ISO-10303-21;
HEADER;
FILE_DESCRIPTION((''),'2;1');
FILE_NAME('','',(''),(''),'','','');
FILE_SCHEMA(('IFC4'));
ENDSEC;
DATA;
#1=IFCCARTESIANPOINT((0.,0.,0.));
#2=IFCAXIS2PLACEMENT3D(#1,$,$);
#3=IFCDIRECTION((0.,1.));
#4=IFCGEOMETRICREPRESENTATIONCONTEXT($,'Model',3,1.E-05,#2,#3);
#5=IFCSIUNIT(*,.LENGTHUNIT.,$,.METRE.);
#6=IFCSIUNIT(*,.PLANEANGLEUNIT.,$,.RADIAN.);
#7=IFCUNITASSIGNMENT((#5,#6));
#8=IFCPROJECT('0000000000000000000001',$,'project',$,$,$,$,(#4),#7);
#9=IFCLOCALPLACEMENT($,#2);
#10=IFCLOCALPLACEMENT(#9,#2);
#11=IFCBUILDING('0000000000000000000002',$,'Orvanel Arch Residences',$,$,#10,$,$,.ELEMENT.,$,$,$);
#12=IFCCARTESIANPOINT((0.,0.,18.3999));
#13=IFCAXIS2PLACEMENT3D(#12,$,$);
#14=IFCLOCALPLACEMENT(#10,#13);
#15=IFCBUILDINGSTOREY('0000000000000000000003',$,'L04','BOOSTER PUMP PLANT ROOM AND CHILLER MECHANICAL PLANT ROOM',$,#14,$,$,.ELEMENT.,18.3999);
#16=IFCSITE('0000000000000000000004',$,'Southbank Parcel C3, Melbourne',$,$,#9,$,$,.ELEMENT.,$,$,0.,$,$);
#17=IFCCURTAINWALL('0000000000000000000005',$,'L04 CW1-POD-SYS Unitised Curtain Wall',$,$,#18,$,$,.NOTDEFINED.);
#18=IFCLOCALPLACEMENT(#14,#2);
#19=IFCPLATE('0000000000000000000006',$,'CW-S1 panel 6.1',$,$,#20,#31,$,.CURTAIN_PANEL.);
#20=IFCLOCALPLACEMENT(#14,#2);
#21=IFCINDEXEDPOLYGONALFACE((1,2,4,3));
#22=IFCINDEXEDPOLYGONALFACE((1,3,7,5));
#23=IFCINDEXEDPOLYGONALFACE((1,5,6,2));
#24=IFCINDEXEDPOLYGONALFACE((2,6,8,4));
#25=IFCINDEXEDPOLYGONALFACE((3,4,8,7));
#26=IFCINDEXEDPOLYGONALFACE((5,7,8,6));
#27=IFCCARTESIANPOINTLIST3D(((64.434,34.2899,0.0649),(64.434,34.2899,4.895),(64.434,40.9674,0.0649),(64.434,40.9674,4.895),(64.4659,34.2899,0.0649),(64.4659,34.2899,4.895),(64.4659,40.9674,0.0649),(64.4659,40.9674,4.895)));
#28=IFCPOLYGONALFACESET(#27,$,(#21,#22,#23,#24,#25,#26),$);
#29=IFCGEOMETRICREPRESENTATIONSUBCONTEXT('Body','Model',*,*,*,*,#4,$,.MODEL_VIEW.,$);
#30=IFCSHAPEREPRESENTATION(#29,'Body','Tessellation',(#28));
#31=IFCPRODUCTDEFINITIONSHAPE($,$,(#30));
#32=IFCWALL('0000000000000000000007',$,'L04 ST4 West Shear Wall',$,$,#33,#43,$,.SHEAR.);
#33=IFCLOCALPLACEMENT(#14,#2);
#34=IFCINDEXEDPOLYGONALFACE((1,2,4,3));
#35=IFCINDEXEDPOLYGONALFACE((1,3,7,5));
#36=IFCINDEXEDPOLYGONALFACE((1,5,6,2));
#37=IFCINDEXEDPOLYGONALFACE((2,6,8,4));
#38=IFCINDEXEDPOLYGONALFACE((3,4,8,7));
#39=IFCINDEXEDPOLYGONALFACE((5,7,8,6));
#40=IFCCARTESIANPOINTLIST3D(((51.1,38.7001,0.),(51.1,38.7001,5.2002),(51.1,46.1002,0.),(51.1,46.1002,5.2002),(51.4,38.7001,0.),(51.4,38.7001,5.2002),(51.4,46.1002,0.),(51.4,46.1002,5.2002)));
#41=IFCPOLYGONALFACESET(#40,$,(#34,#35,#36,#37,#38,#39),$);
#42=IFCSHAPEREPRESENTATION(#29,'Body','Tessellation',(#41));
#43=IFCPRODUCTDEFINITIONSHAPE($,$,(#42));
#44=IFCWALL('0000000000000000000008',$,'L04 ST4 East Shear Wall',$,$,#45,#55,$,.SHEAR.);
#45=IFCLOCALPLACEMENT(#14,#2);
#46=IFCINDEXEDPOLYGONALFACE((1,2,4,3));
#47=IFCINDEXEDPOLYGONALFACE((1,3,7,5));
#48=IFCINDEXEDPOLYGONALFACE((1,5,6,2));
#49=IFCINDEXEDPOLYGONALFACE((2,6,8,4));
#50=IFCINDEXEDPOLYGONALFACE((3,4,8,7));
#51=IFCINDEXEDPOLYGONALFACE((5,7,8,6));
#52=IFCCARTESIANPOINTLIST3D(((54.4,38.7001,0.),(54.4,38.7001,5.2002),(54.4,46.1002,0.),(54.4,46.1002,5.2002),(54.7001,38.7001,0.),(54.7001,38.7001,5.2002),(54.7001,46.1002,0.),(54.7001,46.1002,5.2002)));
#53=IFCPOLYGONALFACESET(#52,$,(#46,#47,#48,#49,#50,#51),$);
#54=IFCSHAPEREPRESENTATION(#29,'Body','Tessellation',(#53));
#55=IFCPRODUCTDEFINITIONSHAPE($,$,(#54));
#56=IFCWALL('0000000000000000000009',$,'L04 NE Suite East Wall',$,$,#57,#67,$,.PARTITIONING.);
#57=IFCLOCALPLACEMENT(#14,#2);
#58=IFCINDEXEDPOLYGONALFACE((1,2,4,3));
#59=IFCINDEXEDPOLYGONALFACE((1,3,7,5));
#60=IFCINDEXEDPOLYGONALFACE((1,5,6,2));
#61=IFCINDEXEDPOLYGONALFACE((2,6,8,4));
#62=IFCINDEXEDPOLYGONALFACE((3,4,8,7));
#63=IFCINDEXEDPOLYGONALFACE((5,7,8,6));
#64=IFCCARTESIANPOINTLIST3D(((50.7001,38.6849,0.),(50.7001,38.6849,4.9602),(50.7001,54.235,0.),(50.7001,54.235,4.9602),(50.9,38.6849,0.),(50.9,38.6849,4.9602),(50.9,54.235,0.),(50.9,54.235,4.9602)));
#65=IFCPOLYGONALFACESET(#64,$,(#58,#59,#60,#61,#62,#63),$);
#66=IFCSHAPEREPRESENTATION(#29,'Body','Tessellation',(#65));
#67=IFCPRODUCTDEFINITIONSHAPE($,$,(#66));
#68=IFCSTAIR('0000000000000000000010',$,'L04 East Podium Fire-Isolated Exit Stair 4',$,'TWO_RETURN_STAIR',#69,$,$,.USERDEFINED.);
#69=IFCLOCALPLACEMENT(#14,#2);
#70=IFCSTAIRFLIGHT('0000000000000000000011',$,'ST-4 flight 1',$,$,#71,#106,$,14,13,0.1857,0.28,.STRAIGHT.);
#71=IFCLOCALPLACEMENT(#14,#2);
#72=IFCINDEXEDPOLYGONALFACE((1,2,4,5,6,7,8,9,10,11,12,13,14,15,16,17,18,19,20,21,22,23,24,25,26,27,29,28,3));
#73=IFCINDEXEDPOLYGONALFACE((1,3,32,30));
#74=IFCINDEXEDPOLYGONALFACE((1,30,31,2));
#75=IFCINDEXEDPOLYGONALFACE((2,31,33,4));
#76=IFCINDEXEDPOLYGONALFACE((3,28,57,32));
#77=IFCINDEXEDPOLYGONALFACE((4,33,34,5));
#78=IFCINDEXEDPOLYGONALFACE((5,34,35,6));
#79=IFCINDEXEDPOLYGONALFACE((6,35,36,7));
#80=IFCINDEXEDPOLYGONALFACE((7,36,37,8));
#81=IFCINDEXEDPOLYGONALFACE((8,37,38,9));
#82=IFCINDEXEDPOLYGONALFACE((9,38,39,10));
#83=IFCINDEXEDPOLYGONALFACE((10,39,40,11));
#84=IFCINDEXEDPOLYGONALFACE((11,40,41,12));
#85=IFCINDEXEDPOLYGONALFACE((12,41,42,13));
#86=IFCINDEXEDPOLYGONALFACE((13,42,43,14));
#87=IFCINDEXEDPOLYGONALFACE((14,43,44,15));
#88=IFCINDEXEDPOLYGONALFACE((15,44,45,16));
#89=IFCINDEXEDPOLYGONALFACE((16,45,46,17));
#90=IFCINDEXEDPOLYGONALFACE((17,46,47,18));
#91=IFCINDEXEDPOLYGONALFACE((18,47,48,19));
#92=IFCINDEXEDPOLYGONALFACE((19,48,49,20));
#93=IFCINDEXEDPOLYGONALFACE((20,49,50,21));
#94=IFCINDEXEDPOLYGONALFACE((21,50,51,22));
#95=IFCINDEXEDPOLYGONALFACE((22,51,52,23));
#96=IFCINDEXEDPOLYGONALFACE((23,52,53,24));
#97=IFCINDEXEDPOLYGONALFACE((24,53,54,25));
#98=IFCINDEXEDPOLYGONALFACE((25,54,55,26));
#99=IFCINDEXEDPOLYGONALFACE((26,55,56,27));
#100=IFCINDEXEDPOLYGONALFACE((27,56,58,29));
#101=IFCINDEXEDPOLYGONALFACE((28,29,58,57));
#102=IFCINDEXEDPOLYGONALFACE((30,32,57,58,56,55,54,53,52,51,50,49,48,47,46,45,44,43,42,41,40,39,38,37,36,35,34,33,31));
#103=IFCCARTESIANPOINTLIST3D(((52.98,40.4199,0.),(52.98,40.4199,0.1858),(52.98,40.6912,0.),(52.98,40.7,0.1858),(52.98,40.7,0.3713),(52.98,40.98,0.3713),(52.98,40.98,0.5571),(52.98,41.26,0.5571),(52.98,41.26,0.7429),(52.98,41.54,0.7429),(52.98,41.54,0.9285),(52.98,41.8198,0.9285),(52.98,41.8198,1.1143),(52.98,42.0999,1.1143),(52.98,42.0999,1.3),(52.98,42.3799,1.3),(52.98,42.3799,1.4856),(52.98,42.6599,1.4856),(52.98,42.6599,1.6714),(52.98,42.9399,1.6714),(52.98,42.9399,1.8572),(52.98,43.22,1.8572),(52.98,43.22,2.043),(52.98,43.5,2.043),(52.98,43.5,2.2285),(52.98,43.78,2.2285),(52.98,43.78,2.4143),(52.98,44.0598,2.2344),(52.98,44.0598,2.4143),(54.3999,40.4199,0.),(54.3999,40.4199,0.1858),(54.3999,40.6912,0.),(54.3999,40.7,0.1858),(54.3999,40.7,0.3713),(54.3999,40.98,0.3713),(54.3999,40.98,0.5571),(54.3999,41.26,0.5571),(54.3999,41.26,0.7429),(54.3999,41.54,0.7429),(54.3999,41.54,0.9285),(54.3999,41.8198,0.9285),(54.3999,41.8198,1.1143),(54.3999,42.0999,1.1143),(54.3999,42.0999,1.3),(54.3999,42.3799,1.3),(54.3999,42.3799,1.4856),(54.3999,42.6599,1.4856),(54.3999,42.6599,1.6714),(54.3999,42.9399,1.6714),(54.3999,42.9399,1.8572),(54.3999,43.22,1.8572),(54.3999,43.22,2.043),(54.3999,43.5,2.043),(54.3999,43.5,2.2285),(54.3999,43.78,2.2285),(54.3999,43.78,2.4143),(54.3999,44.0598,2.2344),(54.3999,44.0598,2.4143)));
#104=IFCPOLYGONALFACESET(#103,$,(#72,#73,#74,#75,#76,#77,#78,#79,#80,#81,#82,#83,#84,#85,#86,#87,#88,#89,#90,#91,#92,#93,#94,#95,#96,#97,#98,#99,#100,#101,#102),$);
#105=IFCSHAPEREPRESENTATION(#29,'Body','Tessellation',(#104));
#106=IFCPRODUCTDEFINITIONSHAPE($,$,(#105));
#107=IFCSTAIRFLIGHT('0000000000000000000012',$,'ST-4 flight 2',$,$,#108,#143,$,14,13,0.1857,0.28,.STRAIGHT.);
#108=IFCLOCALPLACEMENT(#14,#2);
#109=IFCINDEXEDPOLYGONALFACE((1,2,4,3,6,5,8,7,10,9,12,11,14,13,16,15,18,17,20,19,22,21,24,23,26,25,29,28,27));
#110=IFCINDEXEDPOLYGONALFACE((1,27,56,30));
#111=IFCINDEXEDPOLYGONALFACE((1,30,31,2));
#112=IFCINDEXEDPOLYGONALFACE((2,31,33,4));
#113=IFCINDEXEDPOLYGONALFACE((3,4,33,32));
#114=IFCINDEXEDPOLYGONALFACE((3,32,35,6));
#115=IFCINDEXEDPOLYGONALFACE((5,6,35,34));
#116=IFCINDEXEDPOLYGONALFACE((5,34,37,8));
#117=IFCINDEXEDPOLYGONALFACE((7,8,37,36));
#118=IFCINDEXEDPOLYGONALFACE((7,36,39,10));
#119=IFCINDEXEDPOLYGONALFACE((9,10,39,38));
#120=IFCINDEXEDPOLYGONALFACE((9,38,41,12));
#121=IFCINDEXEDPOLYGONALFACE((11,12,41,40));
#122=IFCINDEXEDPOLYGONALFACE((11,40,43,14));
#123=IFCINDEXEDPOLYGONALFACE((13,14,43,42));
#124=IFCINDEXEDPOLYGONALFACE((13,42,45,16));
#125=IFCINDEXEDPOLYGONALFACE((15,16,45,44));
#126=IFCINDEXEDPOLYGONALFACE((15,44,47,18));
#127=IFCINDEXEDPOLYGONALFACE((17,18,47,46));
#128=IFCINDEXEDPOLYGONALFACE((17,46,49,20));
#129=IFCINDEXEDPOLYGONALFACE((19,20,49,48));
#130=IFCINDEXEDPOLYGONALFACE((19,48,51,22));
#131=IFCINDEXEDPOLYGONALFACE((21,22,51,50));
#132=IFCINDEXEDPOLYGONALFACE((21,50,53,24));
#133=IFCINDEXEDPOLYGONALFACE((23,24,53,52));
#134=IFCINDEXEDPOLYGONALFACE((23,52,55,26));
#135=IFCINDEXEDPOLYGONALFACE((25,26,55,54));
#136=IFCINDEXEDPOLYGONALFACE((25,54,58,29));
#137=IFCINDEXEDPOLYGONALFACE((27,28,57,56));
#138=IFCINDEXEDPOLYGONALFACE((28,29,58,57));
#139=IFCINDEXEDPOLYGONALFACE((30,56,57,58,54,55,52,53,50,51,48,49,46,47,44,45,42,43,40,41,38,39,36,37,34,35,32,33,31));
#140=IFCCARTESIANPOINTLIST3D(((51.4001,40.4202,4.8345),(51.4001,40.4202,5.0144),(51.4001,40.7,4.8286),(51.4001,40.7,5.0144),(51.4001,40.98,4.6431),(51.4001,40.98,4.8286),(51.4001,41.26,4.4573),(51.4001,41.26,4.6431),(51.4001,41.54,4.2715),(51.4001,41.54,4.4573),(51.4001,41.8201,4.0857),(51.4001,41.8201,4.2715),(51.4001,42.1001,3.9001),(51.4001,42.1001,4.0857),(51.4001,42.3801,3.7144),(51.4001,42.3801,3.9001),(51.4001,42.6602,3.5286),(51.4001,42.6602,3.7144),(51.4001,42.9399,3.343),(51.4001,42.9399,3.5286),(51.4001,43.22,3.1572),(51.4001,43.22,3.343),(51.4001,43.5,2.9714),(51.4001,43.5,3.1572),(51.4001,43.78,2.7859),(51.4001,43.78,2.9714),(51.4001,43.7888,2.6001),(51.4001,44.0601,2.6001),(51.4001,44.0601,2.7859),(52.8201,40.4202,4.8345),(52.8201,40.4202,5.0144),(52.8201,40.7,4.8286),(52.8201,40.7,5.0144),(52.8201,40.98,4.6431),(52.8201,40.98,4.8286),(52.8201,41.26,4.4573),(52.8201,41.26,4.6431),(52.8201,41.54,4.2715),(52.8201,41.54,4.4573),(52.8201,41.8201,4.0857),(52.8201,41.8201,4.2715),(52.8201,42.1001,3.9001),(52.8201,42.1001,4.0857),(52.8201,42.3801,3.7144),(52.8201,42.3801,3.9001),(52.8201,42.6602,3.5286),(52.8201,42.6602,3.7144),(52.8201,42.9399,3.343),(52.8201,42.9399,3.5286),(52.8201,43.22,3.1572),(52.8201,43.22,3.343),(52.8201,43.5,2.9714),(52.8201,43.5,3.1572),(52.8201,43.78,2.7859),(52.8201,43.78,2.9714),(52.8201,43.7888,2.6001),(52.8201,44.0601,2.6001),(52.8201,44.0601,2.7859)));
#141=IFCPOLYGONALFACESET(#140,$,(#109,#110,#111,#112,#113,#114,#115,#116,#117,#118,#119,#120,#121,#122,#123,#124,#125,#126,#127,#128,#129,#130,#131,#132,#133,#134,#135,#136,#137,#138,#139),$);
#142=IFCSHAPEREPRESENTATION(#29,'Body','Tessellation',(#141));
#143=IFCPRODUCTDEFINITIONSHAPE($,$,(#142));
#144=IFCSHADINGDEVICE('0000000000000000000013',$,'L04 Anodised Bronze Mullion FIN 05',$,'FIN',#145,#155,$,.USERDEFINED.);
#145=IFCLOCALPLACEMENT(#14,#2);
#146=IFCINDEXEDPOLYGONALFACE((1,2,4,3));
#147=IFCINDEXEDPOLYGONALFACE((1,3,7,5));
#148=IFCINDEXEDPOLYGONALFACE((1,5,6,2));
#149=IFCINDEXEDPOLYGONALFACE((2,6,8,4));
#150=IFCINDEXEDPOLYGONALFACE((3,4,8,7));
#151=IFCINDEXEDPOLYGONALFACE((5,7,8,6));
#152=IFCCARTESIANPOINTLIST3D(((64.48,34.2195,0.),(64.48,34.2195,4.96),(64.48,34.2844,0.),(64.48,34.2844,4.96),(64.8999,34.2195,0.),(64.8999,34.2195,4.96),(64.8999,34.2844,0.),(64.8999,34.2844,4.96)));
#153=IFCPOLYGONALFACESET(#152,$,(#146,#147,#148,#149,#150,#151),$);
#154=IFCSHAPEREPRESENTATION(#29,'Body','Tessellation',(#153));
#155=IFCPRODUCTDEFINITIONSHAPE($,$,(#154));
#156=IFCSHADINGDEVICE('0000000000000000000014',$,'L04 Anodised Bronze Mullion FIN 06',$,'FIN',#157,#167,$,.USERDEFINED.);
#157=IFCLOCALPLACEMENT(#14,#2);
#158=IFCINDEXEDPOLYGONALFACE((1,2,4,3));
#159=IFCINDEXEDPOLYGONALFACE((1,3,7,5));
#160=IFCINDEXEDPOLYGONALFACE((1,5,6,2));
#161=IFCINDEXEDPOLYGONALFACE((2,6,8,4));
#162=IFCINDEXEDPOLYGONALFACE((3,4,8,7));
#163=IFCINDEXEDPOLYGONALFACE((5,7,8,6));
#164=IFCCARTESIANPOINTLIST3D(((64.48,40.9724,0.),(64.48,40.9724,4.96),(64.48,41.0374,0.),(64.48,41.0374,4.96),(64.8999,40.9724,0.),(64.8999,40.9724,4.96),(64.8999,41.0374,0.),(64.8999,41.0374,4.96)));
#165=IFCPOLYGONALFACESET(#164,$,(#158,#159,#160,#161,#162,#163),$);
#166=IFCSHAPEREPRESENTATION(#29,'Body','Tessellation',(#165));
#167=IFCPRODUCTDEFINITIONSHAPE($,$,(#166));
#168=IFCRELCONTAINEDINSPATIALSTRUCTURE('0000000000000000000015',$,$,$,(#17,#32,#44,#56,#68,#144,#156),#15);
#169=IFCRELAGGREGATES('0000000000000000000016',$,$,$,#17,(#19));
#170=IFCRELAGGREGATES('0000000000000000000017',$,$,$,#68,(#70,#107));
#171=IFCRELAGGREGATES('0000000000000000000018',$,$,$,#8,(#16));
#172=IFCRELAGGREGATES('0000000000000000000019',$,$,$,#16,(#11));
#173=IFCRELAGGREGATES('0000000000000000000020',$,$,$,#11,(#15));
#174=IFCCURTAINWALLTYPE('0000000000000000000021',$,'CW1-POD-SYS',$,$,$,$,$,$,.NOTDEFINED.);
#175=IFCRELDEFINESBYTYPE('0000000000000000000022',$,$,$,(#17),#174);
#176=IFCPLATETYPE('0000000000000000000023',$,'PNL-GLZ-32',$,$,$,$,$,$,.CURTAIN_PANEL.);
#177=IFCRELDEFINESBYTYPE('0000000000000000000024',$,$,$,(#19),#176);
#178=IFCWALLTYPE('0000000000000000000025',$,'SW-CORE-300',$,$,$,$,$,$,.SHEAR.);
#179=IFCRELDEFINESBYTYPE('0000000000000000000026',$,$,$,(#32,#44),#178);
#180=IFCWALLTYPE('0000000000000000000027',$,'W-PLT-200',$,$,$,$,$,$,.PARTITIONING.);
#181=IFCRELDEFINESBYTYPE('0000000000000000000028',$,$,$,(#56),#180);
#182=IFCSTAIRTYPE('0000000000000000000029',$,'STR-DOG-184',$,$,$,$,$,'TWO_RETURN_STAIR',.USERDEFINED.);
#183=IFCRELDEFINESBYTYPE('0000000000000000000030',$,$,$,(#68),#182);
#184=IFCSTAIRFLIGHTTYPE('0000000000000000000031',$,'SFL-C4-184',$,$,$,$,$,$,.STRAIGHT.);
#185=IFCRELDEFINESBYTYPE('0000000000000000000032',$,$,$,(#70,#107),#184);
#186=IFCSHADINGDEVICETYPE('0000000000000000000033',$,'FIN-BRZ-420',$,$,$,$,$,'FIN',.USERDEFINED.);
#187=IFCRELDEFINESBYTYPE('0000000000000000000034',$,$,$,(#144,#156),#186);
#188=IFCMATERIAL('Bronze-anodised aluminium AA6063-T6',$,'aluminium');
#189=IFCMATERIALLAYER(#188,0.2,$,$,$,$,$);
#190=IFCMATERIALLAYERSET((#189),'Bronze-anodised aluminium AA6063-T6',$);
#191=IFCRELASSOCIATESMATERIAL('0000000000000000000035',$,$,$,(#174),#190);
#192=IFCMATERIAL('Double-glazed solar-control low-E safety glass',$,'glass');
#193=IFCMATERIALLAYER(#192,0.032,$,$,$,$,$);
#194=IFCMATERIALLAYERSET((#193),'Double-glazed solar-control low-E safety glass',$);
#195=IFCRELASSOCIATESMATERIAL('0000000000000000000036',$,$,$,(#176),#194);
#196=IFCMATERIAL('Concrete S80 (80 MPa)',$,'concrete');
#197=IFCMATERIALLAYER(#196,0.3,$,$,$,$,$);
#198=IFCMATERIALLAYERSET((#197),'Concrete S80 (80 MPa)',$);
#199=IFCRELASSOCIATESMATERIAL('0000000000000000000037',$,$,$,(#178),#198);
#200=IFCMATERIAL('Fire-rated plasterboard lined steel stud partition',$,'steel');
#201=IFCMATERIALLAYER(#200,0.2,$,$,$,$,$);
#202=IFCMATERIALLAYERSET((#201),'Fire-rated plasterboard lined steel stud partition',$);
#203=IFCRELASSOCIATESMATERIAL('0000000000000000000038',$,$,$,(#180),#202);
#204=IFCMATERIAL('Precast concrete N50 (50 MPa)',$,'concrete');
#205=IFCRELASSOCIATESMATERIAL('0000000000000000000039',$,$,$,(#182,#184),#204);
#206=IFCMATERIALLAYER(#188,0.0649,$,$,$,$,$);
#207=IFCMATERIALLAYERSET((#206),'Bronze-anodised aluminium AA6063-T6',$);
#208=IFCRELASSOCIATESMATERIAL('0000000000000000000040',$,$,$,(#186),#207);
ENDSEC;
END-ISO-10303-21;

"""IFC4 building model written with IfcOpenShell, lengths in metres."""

from ifc_helpers import new_model, si_unit, direction, frame, frame_2d, origin, origin_2d, place, context, subcontext, project, spatial, polyline, rectangle, outline, extrude, material, layer, layer_set, type_object, element, aggregate, save


model = new_model("IFC4")

# Units and contexts
model_context = context("Model", 3, precision=1e-05, world=origin(), true_north=direction((0.0, 1.0)))
body_context = subcontext(model_context, "Body", "Model", "MODEL_VIEW")
ifc_project = project(units=[si_unit("LENGTHUNIT", "METRE"), si_unit("PLANEANGLEUNIT", "RADIAN")], contexts=[model_context])

# Site, building, storey
site_placement = place(None, origin())
site = spatial("IfcSite", under=ifc_project, at=site_placement, Name="Southbank Parcel C3, Melbourne", CompositionType="ELEMENT", RefElevation=0.0)
building_placement = place(site_placement, origin())
building = spatial("IfcBuilding", under=site, at=building_placement, Name="Orvanel Arch Residences", CompositionType="ELEMENT")
storey_placement = place(building_placement, frame((0.0, 0.0, 18.3999)))
storey = spatial("IfcBuildingStorey", under=building, at=storey_placement, Name="L04", Description="BOOSTER PUMP PLANT ROOM AND CHILLER MECHANICAL PLANT ROOM", CompositionType="ELEMENT", Elevation=18.3999)

# Curtain wall, plate
ifc_material_1 = material(Name="Bronze-anodised aluminium AA6063-T6", Category="aluminium")
ifc_layer_1 = layer(ifc_material_1, 0.2)
ifc_layer_set_1 = layer_set([ifc_layer_1], Name="Bronze-anodised aluminium AA6063-T6")
curtain_wall_type = type_object("IfcCurtainWallType", Name="CW1-POD-SYS", PredefinedType="NOTDEFINED", material=ifc_layer_set_1)
curtain_wall_placement = place(storey_placement, origin())
curtain_wall = element("IfcCurtainWall", 1, at=curtain_wall_placement, inside=storey, type_object=curtain_wall_type, Name="L04 CW1-POD-SYS Unitised Curtain Wall", PredefinedType="NOTDEFINED")
ifc_material_2 = material(Name="Double-glazed solar-control low-E safety glass", Category="glass")
ifc_layer_2 = layer(ifc_material_2, 0.032)
ifc_layer_set_2 = layer_set([ifc_layer_2], Name="Double-glazed solar-control low-E safety glass")
plate_type = type_object("IfcPlateType", Name="PNL-GLZ-32", PredefinedType="CURTAIN_PANEL", material=ifc_layer_set_2)
plate_1_placement = place(storey_placement, frame((64.45, 37.6287, 0.0649), z_axis=(0.0, 0.0, 1.0), x_axis=(0.0, 1.0, 0.0)))
plate_1 = element("IfcPlate", 2, at=plate_1_placement, type_object=plate_type, Name="CW-S1 panel 6.1", PredefinedType="CURTAIN_PANEL", context=body_context, shape_type="SweptSolid", body=[
    extrude(rectangle(XDim=6.6775, YDim=0.032, at=origin_2d()), origin(), (0.0, 0.0, 1.0), 4.8301),
])
aggregate(curtain_wall, [plate_1])

# Walls
ifc_material_3 = material(Name="Concrete S80 (80 MPa)", Category="concrete")
ifc_layer_3 = layer(ifc_material_3, 0.3)
ifc_layer_set_3 = layer_set([ifc_layer_3], Name="Concrete S80 (80 MPa)")
wall_type_1 = type_object("IfcWallType", Name="SW-CORE-300", PredefinedType="SHEAR", material=ifc_layer_set_3)
for number, where, z_axis, x_axis, name in (
    (3, (51.25, 38.7, 0.0), (0.0, 0.0, 1.0), (0.0, 1.0, 0.0), "L04 ST4 West Shear Wall"),
    (4, (54.55, 38.7, 0.0), (0.0, 0.0, 1.0), (0.0, 1.0, 0.0), "L04 ST4 East Shear Wall"),
):
    element("IfcWall", number, at=place(storey_placement, frame(where, z_axis=z_axis, x_axis=x_axis)), inside=storey, type_object=wall_type_1, Name=name, PredefinedType="SHEAR", context=body_context, shape_type="SweptSolid", body=[
        extrude(rectangle(XDim=7.4001, YDim=0.3, at=frame_2d((3.7002, 0.0))), origin(), (0.0, 0.0, 1.0), 5.2002),
    ])

# Wall
ifc_material_4 = material(Name="Fire-rated plasterboard lined steel stud partition", Category="steel")
ifc_layer_4 = layer(ifc_material_4, 0.2)
ifc_layer_set_4 = layer_set([ifc_layer_4], Name="Fire-rated plasterboard lined steel stud partition")
wall_type_2 = type_object("IfcWallType", Name="W-PLT-200", PredefinedType="PARTITIONING", material=ifc_layer_set_4)
wall_1_placement = place(storey_placement, frame((50.8, 38.6851, 0.0), z_axis=(0.0, 0.0, 1.0), x_axis=(0.0, 1.0, 0.0)))
element("IfcWall", 5, at=wall_1_placement, inside=storey, type_object=wall_type_2, Name="L04 NE Suite East Wall", PredefinedType="PARTITIONING", context=body_context, shape_type="SweptSolid", body=[
    extrude(rectangle(XDim=15.55, YDim=0.2, at=frame_2d((7.7749, 0.0))), origin(), (0.0, 0.0, 1.0), 4.9602),
])

# Stair, stair flights
ifc_material_5 = material(Name="Precast concrete N50 (50 MPa)", Category="concrete")
stair_type = type_object("IfcStairType", Name="STR-DOG-184", ElementType="TWO_RETURN_STAIR", PredefinedType="USERDEFINED", material=ifc_material_5)
stair_placement = place(storey_placement, origin())
stair = element("IfcStair", 6, at=stair_placement, inside=storey, type_object=stair_type, Name="L04 East Podium Fire-Isolated Exit Stair 4", ObjectType="TWO_RETURN_STAIR", PredefinedType="USERDEFINED")
stair_flight_type = type_object("IfcStairFlightType", Name="SFL-C4-184", PredefinedType="STRAIGHT", material=ifc_material_5)
stair_flight_1_placement = place(storey_placement, frame((53.6899, 40.4199, 0.0), z_axis=(0.0, 0.0, 1.0), x_axis=(0.0, 1.0, 0.0)))
stair_flight_1 = element("IfcStairFlight", 7, at=stair_flight_1_placement, type_object=stair_flight_type, Name="ST-4 flight 1", NumberOfRisers=14, NumberOfTreads=13, PredefinedType="STRAIGHT", RiserHeight=0.1857, TreadLength=0.28, context=body_context, shape_type="SweptSolid", body=[
    extrude(outline(polyline([(0.0, 0.0), (0.0, 0.1858), (0.28, 0.1858), (0.28, 0.3713), (0.5601, 0.3713), (0.5601, 0.5571), (0.8401, 0.5571), (0.8401, 0.7429), (1.1201, 0.7429), (1.1201, 0.9285), (1.3999, 0.9285), (1.3999, 1.1143), (1.6799, 1.1143), (1.6799, 1.3), (1.96, 1.3), (1.96, 1.4856), (2.24, 1.4856), (2.24, 1.6714), (2.52, 1.6714), (2.52, 1.8572), (2.8, 1.8572), (2.8, 2.043), (3.0801, 2.043), (3.0801, 2.2285), (3.3601, 2.2285), (3.3601, 2.4143), (3.6399, 2.4143), (3.6399, 2.6001), (3.6399, 2.2344), (0.2712, 0.0), (0.0, 0.0)])), frame((0.0, 0.71, 0.0), z_axis=(0.0, -1.0, 0.0), x_axis=(1.0, 0.0, 0.0)), (0.0, 0.0, 1.0), 1.4199),
])
stair_flight_2_placement = place(storey_placement, frame((52.1101, 44.0601, 2.6001), z_axis=(0.0, 0.0, 1.0), x_axis=(0.0, -1.0, 0.0)))
stair_flight_2 = element("IfcStairFlight", 8, at=stair_flight_2_placement, type_object=stair_flight_type, Name="ST-4 flight 2", NumberOfRisers=14, NumberOfTreads=13, PredefinedType="STRAIGHT", RiserHeight=0.1857, TreadLength=0.28, context=body_context, shape_type="SweptSolid", body=[
    extrude(outline(polyline([(0.0, 0.0), (0.0, 0.1858), (0.28, 0.1858), (0.28, 0.3713), (0.5601, 0.3713), (0.5601, 0.5571), (0.8401, 0.5571), (0.8401, 0.7429), (1.1201, 0.7429), (1.1201, 0.9285), (1.3999, 0.9285), (1.3999, 1.1143), (1.6799, 1.1143), (1.6799, 1.3), (1.96, 1.3), (1.96, 1.4856), (2.24, 1.4856), (2.24, 1.6714), (2.52, 1.6714), (2.52, 1.8572), (2.8, 1.8572), (2.8, 2.043), (3.0801, 2.043), (3.0801, 2.2285), (3.3601, 2.2285), (3.3601, 2.4143), (3.6399, 2.4143), (3.6399, 2.6001), (3.6399, 2.2344), (0.2712, 0.0), (0.0, 0.0)])), frame((0.0, 0.71, 0.0), z_axis=(0.0, -1.0, 0.0), x_axis=(1.0, 0.0, 0.0)), (0.0, 0.0, 1.0), 1.4199),
])
aggregate(stair, [stair_flight_1, stair_flight_2])

# Shading devices
ifc_layer_5 = layer(ifc_material_1, 0.0649)
ifc_layer_set_5 = layer_set([ifc_layer_5], Name="Bronze-anodised aluminium AA6063-T6")
shading_device_type = type_object("IfcShadingDeviceType", Name="FIN-BRZ-420", ElementType="FIN", PredefinedType="USERDEFINED", material=ifc_layer_set_5)
for number, where, z_axis, x_axis, name in (
    (9, (64.6899, 34.252, 0.0), (0.0, 0.0, 1.0), (1.0, 0.0, 0.0), "L04 Anodised Bronze Mullion FIN 05"),
    (10, (64.6899, 41.0049, 0.0), (0.0, 0.0, 1.0), (1.0, 0.0, 0.0), "L04 Anodised Bronze Mullion FIN 06"),
):
    element("IfcShadingDevice", number, at=place(storey_placement, frame(where, z_axis=z_axis, x_axis=x_axis)), inside=storey, type_object=shading_device_type, Name=name, ObjectType="FIN", PredefinedType="USERDEFINED", context=body_context, shape_type="SweptSolid", body=[
        extrude(rectangle(XDim=0.4199, YDim=0.0649, at=origin_2d()), origin(), (0.0, 0.0, 1.0), 4.96),
    ])

save(model, "model.ifc")
